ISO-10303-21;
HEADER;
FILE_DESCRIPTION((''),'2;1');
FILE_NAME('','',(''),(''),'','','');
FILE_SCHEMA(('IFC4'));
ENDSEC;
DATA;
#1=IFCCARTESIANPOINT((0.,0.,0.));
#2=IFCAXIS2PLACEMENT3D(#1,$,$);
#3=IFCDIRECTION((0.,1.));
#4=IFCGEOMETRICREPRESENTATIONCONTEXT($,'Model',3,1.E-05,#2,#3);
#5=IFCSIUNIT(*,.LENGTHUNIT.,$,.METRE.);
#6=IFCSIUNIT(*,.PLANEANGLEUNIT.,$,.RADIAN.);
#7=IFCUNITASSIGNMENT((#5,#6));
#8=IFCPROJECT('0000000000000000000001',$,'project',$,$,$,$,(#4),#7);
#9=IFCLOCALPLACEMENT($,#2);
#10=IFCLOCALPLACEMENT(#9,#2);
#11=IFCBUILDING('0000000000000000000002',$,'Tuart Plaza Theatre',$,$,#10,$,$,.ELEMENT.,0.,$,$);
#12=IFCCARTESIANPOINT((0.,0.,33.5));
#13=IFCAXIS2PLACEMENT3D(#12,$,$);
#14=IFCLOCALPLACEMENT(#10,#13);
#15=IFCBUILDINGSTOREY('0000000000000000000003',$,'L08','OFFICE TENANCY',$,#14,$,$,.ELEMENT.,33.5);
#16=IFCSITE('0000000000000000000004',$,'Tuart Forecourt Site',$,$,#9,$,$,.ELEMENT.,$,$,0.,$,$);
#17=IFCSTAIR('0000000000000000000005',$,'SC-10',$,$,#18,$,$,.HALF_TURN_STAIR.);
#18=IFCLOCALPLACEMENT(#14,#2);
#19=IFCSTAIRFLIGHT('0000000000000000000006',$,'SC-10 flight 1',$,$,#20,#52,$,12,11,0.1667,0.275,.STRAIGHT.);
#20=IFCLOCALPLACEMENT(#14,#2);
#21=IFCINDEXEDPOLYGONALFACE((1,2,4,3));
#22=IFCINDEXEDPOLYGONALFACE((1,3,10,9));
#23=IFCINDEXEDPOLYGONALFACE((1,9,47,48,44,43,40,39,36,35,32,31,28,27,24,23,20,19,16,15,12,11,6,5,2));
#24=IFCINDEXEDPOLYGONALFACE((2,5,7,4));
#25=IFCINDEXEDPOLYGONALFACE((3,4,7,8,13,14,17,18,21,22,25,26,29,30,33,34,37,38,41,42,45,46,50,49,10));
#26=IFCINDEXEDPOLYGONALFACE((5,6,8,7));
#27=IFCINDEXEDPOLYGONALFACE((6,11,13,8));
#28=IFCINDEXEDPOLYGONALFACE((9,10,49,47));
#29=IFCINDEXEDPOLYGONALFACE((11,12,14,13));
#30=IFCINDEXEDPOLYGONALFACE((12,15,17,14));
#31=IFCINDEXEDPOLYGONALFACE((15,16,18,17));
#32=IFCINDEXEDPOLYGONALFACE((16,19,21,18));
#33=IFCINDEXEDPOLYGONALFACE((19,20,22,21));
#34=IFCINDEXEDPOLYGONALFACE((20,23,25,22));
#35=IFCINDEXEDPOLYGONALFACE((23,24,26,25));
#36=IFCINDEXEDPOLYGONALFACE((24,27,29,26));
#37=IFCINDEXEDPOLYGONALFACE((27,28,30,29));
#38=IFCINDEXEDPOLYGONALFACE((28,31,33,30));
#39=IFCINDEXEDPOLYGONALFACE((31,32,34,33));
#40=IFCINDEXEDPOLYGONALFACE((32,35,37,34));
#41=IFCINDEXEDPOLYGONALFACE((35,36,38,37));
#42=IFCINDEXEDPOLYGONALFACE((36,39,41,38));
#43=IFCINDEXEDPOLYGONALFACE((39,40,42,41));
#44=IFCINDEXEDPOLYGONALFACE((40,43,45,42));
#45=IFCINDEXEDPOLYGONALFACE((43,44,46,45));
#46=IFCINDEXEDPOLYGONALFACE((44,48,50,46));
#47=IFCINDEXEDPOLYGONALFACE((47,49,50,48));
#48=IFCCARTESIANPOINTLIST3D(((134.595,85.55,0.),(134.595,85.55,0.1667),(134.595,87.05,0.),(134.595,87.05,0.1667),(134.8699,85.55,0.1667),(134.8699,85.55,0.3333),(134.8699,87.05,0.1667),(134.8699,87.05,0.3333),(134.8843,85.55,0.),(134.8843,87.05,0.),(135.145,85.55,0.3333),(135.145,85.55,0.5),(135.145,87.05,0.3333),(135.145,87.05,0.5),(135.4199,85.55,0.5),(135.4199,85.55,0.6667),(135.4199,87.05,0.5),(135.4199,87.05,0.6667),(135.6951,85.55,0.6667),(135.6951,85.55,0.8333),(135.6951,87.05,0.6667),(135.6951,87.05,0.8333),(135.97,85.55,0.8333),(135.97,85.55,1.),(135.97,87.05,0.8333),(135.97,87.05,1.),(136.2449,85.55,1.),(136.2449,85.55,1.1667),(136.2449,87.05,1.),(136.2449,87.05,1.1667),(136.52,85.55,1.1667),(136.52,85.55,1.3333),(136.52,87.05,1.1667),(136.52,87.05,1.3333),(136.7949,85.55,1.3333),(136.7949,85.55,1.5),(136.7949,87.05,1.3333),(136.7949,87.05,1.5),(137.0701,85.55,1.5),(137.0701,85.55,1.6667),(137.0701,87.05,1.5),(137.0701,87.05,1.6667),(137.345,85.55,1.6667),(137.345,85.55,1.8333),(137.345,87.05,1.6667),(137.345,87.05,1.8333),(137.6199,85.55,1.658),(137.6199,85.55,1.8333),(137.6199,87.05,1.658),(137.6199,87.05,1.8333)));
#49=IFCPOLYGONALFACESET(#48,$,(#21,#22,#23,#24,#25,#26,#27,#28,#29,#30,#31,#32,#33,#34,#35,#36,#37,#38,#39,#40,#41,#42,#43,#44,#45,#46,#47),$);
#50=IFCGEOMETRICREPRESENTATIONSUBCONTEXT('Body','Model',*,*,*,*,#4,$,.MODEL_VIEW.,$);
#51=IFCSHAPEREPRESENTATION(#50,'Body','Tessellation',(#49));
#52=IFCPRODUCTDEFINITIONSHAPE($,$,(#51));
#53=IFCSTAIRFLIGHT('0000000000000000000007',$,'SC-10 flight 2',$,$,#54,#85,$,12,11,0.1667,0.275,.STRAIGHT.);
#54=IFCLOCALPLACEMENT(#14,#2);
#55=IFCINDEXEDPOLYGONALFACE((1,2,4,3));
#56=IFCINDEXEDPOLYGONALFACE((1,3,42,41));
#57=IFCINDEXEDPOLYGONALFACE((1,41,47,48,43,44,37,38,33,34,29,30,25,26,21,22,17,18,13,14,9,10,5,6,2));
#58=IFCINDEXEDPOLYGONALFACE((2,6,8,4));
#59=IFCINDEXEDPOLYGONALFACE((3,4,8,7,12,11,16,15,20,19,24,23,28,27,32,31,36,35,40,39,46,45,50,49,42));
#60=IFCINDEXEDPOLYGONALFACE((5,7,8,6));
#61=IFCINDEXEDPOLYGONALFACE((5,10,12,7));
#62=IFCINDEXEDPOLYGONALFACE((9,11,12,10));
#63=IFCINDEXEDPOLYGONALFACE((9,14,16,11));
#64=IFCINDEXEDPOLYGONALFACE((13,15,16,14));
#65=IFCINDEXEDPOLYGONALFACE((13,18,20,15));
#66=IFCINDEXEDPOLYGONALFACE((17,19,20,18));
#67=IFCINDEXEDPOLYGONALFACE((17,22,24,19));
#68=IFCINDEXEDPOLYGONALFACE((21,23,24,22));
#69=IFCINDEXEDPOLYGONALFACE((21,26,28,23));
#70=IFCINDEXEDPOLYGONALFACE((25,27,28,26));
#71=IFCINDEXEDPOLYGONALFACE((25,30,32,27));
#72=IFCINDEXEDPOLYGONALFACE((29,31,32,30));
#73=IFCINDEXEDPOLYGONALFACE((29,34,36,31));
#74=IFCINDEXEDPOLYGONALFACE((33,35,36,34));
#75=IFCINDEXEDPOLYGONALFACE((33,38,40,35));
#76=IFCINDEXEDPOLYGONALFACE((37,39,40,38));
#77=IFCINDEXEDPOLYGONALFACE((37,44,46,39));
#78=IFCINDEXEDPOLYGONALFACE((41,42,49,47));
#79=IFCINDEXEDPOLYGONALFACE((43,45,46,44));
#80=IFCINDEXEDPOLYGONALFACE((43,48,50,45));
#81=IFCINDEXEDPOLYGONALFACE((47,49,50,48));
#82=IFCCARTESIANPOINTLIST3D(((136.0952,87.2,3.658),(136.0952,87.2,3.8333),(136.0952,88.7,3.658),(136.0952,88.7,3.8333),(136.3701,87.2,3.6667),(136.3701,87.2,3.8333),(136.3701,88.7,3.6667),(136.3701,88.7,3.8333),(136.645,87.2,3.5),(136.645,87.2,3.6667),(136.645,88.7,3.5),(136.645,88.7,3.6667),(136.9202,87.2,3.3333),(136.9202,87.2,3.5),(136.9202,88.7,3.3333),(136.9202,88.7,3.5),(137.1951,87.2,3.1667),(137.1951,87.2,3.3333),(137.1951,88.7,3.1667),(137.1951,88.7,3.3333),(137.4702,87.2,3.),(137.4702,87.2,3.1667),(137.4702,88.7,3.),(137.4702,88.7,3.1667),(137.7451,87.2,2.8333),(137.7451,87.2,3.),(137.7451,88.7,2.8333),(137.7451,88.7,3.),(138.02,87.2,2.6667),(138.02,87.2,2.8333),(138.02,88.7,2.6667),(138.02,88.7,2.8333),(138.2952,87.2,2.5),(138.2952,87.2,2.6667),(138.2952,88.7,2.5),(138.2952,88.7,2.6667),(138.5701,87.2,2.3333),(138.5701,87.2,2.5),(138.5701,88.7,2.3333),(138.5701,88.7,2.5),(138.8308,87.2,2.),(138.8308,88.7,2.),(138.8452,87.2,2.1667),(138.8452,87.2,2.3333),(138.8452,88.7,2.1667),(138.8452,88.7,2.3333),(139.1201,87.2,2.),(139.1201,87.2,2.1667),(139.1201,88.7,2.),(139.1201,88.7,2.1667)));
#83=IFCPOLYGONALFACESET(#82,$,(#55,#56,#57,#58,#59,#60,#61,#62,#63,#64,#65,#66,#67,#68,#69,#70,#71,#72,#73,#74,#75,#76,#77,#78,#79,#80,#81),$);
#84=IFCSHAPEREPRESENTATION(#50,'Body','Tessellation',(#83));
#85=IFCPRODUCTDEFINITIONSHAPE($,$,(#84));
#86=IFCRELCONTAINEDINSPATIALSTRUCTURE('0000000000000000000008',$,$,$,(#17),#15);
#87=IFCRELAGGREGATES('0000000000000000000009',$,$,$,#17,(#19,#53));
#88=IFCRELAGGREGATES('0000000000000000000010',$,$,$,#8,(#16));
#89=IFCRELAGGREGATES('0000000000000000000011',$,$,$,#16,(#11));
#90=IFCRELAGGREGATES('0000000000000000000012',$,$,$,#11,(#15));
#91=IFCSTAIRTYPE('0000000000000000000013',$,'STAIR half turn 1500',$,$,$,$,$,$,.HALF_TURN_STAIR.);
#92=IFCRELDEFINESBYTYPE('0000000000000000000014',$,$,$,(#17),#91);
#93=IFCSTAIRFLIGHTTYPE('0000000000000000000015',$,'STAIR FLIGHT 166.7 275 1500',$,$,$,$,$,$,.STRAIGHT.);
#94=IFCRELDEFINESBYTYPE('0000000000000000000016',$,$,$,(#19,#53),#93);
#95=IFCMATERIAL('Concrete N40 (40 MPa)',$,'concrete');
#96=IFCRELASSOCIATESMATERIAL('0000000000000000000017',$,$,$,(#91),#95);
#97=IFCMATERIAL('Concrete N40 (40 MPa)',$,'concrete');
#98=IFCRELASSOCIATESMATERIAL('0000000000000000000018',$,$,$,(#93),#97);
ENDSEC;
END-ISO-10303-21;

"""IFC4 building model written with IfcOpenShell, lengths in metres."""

from ifc_helpers import new_model, si_unit, direction, frame, origin, place, context, subcontext, project, spatial, polyline, outline, extrude, material, type_object, element, aggregate, save


model = new_model("IFC4")

# Units and contexts
model_context = context("Model", 3, precision=1e-05, world=origin(), true_north=direction((0.0, 1.0)))
body_context = subcontext(model_context, "Body", "Model", "MODEL_VIEW")
ifc_project = project(units=[si_unit("LENGTHUNIT", "METRE"), si_unit("PLANEANGLEUNIT", "RADIAN")], contexts=[model_context])

# Site, building, storey
site_placement = place(None, origin())
site = spatial("IfcSite", under=ifc_project, at=site_placement, Name="Tuart Forecourt Site", CompositionType="ELEMENT", RefElevation=0.0)
building_placement = place(site_placement, origin())
building = spatial("IfcBuilding", under=site, at=building_placement, Name="Tuart Plaza Theatre", CompositionType="ELEMENT", ElevationOfRefHeight=0.0)
storey_placement = place(building_placement, frame((0.0, 0.0, 33.5)))
storey = spatial("IfcBuildingStorey", under=building, at=storey_placement, Name="L08", Description="OFFICE TENANCY", CompositionType="ELEMENT", Elevation=33.5)

# Stair, stair flights
ifc_material_1 = material(Name="Concrete N40 (40 MPa)", Category="concrete")
stair_type = type_object("IfcStairType", Name="STAIR half turn 1500", PredefinedType="HALF_TURN_STAIR", material=ifc_material_1)
stair_placement = place(storey_placement, origin())
stair = element("IfcStair", 1, at=stair_placement, inside=storey, type_object=stair_type, Name="SC-10", PredefinedType="HALF_TURN_STAIR")
ifc_material_2 = material(Name="Concrete N40 (40 MPa)", Category="concrete")
stair_flight_type = type_object("IfcStairFlightType", Name="STAIR FLIGHT 166.7 275 1500", PredefinedType="STRAIGHT", material=ifc_material_2)
stair_flight_1_placement = place(storey_placement, frame((134.595, 86.3, 0.0), z_axis=(0.0, 0.0, 1.0), x_axis=(1.0, 0.0, 0.0)))
stair_flight_1 = element("IfcStairFlight", 2, at=stair_flight_1_placement, type_object=stair_flight_type, Name="SC-10 flight 1", NumberOfRisers=12, NumberOfTreads=11, PredefinedType="STRAIGHT", RiserHeight=0.1667, TreadLength=0.275, context=body_context, shape_type="SweptSolid", body=[
    extrude(outline(polyline([(0.0, 0.0), (0.0, 0.1667), (0.2749, 0.1667), (0.2749, 0.3333), (0.55, 0.3333), (0.55, 0.5), (0.825, 0.5), (0.825, 0.6667), (1.1001, 0.6667), (1.1001, 0.8333), (1.375, 0.8333), (1.375, 1.0), (1.6499, 1.0), (1.6499, 1.1667), (1.925, 1.1667), (1.925, 1.3333), (2.2, 1.3333), (2.2, 1.5), (2.4751, 1.5), (2.4751, 1.6667), (2.75, 1.6667), (2.75, 1.8333), (3.0249, 1.8333), (3.0249, 2.0), (3.0249, 1.658), (0.2893, 0.0), (0.0, 0.0)])), frame((0.0, 0.75, 0.0), z_axis=(0.0, -1.0, 0.0), x_axis=(1.0, 0.0, 0.0)), (0.0, 0.0, 1.0), 1.5),
])
stair_flight_2_placement = place(storey_placement, frame((139.1201, 87.95, 2.0), z_axis=(0.0, 0.0, 1.0), x_axis=(-1.0, 0.0, 0.0)))
stair_flight_2 = element("IfcStairFlight", 3, at=stair_flight_2_placement, type_object=stair_flight_type, Name="SC-10 flight 2", NumberOfRisers=12, NumberOfTreads=11, PredefinedType="STRAIGHT", RiserHeight=0.1667, TreadLength=0.275, context=body_context, shape_type="SweptSolid", body=[
    extrude(outline(polyline([(0.0, 0.0), (0.0, 0.1667), (0.2749, 0.1667), (0.2749, 0.3333), (0.55, 0.3333), (0.55, 0.5), (0.825, 0.5), (0.825, 0.6667), (1.1001, 0.6667), (1.1001, 0.8333), (1.375, 0.8333), (1.375, 1.0), (1.6499, 1.0), (1.6499, 1.1667), (1.925, 1.1667), (1.925, 1.3333), (2.2, 1.3333), (2.2, 1.5), (2.4751, 1.5), (2.4751, 1.6667), (2.75, 1.6667), (2.75, 1.8333), (3.0249, 1.8333), (3.0249, 2.0), (3.0249, 1.658), (0.2893, 0.0), (0.0, 0.0)])), frame((0.0, 0.75, 0.0), z_axis=(0.0, -1.0, 0.0), x_axis=(1.0, 0.0, 0.0)), (0.0, 0.0, 1.0), 1.5),
])
aggregate(stair, [stair_flight_1, stair_flight_2])

save(model, "model.ifc")
